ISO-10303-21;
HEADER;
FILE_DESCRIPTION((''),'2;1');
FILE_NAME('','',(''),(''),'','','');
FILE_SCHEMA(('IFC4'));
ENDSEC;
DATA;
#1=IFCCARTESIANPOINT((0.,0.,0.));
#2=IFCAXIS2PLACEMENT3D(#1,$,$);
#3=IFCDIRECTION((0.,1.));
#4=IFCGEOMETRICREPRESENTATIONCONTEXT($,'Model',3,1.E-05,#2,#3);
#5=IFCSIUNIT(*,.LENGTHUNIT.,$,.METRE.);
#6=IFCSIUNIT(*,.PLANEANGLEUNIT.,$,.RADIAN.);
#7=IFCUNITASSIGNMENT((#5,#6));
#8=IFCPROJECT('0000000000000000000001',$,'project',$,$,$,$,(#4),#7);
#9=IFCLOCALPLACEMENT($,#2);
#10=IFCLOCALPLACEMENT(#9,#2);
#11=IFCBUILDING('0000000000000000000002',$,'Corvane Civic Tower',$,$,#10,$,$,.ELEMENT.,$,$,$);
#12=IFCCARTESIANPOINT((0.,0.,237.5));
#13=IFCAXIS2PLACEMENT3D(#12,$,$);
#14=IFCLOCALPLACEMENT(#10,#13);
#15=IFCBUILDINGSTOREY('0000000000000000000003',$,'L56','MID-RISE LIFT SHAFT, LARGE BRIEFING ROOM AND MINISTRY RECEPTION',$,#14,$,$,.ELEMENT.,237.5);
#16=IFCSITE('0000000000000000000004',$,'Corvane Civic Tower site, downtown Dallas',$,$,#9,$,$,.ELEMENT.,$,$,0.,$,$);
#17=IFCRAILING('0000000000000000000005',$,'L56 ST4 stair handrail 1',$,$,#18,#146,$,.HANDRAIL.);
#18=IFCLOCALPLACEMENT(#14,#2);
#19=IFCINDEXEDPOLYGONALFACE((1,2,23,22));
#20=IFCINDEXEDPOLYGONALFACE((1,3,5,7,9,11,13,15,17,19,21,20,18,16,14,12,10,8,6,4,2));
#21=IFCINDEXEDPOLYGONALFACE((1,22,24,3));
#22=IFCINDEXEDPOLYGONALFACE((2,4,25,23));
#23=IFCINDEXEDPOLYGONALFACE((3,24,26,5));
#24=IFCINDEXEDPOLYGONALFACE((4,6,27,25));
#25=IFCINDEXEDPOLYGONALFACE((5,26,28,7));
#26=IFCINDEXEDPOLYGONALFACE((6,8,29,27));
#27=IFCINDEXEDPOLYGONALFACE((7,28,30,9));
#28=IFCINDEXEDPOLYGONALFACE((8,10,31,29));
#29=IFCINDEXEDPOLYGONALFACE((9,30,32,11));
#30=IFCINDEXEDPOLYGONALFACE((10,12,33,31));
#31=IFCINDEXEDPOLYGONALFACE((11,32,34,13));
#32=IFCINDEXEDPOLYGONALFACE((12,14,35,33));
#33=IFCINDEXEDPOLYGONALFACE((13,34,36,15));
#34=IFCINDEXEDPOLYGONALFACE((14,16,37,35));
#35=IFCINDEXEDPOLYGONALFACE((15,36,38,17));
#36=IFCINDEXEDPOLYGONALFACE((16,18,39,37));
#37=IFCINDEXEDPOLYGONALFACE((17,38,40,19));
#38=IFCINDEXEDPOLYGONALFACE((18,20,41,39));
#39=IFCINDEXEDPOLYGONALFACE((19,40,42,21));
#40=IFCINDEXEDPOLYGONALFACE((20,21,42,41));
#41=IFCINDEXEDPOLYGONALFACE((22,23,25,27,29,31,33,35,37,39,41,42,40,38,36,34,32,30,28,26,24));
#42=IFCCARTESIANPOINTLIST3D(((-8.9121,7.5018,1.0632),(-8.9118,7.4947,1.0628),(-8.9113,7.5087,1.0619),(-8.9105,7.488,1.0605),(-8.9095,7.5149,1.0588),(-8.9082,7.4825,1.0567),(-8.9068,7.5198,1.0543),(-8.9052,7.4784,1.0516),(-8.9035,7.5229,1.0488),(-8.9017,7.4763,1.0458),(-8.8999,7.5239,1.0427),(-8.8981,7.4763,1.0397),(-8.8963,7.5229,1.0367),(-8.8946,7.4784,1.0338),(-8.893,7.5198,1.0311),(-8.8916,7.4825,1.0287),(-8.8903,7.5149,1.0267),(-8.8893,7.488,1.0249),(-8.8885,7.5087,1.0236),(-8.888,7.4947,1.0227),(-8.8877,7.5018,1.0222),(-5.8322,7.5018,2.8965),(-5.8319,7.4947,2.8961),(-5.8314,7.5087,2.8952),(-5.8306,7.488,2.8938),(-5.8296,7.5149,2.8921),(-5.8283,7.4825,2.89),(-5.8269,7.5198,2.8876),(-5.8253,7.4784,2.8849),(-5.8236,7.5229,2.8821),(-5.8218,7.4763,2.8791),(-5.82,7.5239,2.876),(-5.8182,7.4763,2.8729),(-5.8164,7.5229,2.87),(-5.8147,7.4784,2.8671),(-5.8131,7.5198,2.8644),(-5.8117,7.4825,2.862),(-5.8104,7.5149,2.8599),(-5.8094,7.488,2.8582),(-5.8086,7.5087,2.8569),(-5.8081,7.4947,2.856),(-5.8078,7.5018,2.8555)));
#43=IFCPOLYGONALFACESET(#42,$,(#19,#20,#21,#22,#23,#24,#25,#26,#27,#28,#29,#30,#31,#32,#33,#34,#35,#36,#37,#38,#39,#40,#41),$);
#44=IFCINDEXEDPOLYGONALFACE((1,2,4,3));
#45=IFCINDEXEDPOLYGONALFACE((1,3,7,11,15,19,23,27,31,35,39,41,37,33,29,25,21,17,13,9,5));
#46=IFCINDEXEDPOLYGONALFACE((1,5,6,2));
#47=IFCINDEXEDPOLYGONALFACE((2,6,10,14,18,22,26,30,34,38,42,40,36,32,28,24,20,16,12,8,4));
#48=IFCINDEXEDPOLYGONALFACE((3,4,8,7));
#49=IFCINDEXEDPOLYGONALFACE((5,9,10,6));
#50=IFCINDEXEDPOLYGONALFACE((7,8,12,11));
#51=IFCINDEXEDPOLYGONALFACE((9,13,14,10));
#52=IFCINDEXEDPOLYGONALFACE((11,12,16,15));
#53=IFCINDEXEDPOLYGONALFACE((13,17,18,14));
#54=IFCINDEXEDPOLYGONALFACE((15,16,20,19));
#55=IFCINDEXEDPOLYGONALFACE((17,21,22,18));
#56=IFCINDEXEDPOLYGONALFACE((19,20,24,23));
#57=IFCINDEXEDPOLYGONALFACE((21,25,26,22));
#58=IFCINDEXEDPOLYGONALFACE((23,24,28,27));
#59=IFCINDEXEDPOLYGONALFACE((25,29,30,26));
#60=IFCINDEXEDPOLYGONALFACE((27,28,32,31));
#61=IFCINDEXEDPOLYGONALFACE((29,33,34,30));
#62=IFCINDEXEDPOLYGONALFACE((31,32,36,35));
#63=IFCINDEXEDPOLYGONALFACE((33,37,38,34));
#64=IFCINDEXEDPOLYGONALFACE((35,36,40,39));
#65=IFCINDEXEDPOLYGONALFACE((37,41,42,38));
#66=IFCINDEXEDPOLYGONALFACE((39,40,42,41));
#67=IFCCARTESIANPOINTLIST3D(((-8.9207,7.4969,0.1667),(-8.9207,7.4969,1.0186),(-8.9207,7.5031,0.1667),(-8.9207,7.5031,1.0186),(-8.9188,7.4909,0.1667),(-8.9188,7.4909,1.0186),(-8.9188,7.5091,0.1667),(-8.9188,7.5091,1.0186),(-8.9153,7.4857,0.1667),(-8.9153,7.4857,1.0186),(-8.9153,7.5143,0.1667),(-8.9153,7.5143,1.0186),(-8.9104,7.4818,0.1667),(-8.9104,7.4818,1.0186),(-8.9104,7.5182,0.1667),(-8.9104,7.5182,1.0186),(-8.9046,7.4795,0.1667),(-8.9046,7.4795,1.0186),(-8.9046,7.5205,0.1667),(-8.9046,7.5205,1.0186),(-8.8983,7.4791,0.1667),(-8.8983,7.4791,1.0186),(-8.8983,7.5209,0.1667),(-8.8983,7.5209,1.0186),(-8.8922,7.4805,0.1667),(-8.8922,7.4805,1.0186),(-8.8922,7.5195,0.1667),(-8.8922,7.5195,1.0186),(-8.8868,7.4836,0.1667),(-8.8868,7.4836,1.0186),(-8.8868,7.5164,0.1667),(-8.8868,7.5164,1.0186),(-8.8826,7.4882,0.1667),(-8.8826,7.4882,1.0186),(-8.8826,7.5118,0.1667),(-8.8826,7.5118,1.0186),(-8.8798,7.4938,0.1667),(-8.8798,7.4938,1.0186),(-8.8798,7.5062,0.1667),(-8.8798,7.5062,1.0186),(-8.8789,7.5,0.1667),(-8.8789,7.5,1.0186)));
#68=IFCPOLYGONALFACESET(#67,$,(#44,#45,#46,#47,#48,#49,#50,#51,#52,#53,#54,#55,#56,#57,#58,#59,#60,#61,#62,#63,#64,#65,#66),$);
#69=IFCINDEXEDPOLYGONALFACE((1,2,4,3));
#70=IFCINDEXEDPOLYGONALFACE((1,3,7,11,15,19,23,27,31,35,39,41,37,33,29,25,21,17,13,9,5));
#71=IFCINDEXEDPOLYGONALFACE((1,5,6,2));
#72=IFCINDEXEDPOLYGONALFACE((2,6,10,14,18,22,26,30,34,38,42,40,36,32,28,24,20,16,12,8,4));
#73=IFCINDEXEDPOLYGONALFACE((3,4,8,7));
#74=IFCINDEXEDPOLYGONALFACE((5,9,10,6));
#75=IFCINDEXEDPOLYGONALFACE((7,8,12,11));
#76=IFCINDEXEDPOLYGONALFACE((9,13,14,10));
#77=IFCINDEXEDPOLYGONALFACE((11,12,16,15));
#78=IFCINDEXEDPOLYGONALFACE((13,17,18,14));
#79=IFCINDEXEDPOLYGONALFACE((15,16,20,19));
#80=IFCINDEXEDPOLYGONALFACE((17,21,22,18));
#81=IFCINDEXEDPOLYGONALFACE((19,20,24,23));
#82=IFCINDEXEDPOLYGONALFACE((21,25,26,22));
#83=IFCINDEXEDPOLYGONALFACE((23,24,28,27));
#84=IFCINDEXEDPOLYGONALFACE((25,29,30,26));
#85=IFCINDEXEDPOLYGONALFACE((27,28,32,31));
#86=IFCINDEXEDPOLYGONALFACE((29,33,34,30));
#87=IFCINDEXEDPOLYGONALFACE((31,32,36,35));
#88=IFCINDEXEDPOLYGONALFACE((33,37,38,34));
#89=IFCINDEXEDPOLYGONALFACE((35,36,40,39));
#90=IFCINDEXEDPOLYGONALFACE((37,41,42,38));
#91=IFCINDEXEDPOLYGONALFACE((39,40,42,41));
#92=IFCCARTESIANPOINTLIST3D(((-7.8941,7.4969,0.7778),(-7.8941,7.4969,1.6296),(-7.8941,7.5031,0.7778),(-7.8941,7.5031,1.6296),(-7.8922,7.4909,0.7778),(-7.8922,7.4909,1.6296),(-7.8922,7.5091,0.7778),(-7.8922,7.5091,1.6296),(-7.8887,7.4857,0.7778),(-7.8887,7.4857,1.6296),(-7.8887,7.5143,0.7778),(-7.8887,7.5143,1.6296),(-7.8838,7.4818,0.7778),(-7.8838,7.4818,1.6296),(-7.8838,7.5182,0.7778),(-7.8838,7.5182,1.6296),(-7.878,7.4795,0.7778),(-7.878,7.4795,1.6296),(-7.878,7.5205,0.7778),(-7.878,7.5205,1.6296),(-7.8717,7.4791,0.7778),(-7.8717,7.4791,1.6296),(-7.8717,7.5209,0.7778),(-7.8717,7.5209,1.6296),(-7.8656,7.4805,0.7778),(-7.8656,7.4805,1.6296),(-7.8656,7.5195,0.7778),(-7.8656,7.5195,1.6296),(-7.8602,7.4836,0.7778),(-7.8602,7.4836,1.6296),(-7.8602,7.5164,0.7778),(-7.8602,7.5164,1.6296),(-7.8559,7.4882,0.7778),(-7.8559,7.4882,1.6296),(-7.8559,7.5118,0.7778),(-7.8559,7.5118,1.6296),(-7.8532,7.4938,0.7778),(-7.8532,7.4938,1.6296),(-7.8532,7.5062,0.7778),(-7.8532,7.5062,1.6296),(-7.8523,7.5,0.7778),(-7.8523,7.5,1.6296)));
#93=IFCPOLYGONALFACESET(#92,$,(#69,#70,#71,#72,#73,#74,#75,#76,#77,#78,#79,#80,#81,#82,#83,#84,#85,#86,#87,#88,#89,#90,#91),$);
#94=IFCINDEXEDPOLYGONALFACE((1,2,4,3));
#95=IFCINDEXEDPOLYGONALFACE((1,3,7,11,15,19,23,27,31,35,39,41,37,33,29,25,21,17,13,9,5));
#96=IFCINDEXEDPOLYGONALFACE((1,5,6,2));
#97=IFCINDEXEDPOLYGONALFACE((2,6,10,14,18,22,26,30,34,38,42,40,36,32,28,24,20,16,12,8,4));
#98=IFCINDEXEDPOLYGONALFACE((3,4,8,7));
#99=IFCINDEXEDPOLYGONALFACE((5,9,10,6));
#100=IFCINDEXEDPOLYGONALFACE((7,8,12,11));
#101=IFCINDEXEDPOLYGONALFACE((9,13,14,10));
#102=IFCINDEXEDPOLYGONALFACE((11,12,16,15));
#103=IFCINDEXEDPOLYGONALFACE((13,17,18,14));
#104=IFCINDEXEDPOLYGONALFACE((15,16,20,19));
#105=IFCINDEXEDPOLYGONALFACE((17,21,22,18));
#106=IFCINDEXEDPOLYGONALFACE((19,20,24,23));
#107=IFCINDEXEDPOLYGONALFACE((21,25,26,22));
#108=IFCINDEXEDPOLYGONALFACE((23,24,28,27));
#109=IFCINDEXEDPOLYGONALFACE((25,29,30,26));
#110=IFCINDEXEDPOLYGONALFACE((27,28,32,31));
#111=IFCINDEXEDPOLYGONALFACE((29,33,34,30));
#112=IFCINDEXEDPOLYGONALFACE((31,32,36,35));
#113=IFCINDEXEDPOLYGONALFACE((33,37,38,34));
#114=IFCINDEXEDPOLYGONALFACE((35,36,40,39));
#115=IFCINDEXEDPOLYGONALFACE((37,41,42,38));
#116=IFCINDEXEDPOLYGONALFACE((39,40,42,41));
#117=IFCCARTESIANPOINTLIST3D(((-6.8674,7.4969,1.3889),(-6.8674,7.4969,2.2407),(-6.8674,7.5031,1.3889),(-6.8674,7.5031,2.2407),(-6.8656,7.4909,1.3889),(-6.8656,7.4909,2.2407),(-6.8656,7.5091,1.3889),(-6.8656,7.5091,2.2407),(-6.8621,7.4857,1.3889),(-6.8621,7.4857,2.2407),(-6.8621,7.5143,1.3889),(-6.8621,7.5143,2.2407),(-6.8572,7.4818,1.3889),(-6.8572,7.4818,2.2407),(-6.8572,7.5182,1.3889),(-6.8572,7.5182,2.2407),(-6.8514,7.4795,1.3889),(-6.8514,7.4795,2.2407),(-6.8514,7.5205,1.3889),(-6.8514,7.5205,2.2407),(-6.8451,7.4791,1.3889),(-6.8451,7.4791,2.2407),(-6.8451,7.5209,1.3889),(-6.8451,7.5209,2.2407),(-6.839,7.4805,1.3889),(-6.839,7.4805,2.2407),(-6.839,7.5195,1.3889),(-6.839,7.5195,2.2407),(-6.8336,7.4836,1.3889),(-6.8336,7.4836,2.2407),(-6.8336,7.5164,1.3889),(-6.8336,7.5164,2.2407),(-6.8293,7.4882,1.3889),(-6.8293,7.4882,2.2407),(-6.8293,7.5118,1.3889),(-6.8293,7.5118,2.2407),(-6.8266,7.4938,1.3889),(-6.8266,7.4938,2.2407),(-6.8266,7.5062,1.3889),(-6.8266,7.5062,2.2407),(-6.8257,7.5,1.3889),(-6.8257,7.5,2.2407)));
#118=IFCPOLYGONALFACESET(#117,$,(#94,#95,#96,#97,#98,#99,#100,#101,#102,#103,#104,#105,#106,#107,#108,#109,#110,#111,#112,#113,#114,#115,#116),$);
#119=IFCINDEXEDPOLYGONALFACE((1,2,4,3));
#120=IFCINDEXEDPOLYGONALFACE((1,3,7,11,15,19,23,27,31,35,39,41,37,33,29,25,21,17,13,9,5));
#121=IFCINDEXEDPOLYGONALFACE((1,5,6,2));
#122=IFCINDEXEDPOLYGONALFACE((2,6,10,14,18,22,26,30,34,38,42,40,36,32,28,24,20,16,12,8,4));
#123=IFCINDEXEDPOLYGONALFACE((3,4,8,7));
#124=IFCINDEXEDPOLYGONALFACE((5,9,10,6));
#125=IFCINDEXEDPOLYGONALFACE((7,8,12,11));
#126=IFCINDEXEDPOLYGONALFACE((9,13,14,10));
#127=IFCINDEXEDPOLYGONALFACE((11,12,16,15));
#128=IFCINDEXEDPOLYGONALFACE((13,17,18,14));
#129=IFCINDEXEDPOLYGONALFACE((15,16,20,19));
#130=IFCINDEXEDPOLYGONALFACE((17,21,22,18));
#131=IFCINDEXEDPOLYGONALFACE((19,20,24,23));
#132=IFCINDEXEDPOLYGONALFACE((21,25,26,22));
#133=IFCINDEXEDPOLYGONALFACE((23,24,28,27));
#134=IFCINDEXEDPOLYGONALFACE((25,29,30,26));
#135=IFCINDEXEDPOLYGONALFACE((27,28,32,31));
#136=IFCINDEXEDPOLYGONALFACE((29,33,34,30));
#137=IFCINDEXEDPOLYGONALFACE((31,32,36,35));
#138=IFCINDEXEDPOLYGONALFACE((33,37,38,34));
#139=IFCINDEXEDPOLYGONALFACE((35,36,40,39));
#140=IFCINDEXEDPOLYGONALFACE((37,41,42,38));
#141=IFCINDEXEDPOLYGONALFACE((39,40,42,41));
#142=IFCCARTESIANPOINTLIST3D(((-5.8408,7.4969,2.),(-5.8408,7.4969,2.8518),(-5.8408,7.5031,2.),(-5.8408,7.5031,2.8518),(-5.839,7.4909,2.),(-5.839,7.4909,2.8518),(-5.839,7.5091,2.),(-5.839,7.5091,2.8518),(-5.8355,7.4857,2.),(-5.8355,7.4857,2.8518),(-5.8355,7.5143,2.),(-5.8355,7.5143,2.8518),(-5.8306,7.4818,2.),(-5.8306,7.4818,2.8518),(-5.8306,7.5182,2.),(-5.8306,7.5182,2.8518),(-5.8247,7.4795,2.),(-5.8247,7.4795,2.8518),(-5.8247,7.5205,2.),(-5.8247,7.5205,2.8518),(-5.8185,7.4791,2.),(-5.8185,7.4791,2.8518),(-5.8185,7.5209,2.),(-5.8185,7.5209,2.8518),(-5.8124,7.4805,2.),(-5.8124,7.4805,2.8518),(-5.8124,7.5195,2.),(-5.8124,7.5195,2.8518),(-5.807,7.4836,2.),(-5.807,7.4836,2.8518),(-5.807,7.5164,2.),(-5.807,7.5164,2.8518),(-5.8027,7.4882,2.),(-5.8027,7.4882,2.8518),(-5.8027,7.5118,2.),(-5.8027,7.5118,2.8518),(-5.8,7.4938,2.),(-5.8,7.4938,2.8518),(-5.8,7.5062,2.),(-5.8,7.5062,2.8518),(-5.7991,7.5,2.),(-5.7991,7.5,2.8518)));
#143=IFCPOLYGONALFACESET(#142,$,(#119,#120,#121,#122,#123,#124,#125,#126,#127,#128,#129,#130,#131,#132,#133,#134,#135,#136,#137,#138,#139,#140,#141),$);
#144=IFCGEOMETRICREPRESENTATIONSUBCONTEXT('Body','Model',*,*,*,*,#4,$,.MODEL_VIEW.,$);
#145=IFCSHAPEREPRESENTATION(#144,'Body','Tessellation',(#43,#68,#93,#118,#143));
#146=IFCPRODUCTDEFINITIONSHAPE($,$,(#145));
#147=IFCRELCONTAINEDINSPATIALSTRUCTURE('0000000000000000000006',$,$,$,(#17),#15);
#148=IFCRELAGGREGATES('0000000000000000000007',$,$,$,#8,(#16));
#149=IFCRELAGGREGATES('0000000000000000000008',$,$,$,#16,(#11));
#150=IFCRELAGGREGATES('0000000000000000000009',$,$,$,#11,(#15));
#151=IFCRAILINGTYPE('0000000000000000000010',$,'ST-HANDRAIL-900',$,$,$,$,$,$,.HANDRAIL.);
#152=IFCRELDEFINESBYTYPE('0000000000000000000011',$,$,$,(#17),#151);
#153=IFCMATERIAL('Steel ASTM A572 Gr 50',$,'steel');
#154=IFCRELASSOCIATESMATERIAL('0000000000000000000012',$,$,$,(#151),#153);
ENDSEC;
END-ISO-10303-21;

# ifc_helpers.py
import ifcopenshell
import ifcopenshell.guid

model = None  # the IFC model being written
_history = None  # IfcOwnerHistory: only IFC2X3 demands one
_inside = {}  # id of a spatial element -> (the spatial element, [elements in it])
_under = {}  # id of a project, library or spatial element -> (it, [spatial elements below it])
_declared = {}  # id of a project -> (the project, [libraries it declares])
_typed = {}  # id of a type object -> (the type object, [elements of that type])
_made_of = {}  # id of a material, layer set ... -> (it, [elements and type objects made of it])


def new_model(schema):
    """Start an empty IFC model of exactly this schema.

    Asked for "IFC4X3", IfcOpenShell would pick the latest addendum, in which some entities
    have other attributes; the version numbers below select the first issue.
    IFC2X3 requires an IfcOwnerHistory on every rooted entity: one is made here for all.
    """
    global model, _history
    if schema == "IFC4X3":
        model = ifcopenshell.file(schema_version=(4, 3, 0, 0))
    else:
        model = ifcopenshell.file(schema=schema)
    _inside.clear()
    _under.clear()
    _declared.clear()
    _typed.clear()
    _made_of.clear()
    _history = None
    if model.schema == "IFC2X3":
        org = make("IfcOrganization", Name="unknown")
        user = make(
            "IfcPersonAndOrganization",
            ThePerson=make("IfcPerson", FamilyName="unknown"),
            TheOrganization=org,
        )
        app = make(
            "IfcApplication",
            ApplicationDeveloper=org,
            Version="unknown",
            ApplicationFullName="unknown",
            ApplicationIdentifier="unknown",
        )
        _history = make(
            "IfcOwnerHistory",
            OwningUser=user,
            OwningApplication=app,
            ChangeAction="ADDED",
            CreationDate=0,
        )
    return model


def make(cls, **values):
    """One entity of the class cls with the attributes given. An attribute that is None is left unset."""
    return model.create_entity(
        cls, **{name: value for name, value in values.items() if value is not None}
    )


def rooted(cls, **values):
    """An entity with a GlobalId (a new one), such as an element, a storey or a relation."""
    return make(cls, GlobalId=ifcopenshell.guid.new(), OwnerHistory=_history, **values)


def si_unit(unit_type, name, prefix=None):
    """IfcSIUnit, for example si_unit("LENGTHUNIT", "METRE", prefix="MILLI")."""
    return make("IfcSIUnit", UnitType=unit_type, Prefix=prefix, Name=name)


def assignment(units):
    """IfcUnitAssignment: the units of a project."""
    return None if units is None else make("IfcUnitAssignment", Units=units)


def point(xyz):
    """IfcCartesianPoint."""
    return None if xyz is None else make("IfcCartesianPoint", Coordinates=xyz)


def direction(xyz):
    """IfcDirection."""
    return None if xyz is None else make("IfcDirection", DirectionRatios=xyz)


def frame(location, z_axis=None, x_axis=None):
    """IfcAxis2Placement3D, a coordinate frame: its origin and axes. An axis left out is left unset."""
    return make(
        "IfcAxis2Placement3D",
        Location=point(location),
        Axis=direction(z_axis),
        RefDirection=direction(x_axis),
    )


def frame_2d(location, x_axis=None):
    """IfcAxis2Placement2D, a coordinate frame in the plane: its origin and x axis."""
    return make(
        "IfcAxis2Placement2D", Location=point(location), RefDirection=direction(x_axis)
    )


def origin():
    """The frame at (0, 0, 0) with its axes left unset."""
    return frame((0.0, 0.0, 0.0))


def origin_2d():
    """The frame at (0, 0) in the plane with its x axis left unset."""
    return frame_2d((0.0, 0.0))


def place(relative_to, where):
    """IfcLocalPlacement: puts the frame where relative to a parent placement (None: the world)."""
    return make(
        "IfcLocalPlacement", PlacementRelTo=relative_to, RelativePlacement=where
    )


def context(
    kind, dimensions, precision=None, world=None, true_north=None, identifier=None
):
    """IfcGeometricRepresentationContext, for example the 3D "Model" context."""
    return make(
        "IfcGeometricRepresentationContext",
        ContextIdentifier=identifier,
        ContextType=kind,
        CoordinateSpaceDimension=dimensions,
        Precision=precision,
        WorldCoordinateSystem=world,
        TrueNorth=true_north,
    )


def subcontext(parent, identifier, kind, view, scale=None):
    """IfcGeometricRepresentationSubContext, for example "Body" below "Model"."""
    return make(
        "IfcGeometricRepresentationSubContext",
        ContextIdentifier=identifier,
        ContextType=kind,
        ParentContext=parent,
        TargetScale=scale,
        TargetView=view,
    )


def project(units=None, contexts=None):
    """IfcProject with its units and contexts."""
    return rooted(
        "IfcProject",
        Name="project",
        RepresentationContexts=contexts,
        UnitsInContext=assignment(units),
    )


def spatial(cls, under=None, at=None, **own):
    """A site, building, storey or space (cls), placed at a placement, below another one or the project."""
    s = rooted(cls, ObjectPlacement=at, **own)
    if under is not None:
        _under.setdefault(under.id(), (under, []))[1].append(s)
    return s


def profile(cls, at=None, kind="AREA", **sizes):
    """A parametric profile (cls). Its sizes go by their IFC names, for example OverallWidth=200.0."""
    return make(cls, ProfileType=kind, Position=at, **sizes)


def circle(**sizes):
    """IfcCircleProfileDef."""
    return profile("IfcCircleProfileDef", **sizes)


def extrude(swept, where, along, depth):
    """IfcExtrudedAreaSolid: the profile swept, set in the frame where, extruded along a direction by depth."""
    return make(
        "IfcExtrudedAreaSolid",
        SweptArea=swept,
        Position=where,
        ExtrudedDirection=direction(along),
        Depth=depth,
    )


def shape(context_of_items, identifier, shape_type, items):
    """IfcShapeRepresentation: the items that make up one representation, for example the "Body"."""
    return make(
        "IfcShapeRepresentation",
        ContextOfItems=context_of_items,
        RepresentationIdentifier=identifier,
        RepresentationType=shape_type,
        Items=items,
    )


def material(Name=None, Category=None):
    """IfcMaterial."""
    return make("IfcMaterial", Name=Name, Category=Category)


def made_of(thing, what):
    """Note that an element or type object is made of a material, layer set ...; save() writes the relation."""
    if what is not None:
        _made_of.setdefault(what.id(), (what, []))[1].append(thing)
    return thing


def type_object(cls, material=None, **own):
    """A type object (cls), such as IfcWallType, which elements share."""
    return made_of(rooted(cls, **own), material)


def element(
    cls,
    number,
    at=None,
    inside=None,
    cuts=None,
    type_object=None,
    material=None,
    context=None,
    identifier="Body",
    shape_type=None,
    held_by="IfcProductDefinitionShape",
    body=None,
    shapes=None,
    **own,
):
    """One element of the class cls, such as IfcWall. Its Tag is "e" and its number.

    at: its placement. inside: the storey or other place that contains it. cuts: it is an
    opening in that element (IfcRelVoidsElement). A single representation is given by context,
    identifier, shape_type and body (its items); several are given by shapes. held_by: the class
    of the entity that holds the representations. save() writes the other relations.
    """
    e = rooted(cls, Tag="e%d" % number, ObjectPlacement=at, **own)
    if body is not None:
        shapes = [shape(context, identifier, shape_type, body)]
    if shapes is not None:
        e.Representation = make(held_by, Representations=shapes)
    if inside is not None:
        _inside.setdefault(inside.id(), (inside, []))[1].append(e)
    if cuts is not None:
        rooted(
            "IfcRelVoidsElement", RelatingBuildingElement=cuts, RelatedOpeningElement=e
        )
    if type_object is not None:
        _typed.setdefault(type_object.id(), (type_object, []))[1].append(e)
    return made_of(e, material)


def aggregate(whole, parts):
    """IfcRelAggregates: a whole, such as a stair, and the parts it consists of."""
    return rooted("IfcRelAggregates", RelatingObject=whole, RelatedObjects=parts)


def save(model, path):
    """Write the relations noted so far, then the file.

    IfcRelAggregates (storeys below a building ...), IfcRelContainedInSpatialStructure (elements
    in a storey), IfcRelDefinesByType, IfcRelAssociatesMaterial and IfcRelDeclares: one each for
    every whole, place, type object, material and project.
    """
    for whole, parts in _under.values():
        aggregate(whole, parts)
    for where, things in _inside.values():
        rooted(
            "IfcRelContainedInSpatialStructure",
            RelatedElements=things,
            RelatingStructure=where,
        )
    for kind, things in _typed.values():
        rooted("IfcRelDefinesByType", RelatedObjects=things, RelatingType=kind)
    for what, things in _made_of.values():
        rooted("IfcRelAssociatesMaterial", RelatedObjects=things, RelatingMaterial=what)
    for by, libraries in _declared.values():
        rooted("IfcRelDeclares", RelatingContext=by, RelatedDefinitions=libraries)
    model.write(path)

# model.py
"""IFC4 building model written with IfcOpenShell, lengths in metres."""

from ifc_helpers import new_model, si_unit, direction, frame, origin, origin_2d, place, context, subcontext, project, spatial, circle, extrude, material, type_object, element, save


model = new_model("IFC4")

# Units and contexts
model_context = context("Model", 3, precision=1e-05, world=origin(), true_north=direction((0.0, 1.0)))
body_context = subcontext(model_context, "Body", "Model", "MODEL_VIEW")
ifc_project = project(units=[si_unit("LENGTHUNIT", "METRE"), si_unit("PLANEANGLEUNIT", "RADIAN")], contexts=[model_context])

# Site, building, storey
site_placement = place(None, origin())
site = spatial("IfcSite", under=ifc_project, at=site_placement, Name="Corvane Civic Tower site, downtown Dallas", CompositionType="ELEMENT", RefElevation=0.0)
building_placement = place(site_placement, origin())
building = spatial("IfcBuilding", under=site, at=building_placement, Name="Corvane Civic Tower", CompositionType="ELEMENT")
storey_placement = place(building_placement, frame((0.0, 0.0, 237.5)))
storey = spatial("IfcBuildingStorey", under=building, at=storey_placement, Name="L56", Description="MID-RISE LIFT SHAFT, LARGE BRIEFING ROOM AND MINISTRY RECEPTION", CompositionType="ELEMENT", Elevation=237.5)

# Railing
ifc_material_1 = material(Name="Steel ASTM A572 Gr 50", Category="steel")
railing_type_1 = type_object("IfcRailingType", Name="ST-HANDRAIL-900", PredefinedType="HANDRAIL", material=ifc_material_1)
railing_1_placement = place(storey_placement, frame((-8.8999, 7.5, 0.1667)))
element("IfcRailing", 1, at=railing_1_placement, inside=storey, type_object=railing_type_1, Name="L56 ST4 stair handrail 1", PredefinedType="HANDRAIL", context=body_context, shape_type="SweptSolid", body=[
    extrude(circle(Radius=0.0239, at=origin_2d()), frame((0.0, 0.0, 0.876), z_axis=(0.859291, 0.0, 0.511487), x_axis=(0.0, 1.0, 0.0)), (0.0, 0.0, 1.0), 3.5842),
    extrude(circle(Radius=0.021, at=origin_2d()), origin(), (0.0, 0.0, 1.0), 0.8518),
    extrude(circle(Radius=0.021, at=origin_2d()), frame((1.0266, 0.0, 0.6111)), (0.0, 0.0, 1.0), 0.8518),
    extrude(circle(Radius=0.021, at=origin_2d()), frame((2.0532, 0.0, 1.2222)), (0.0, 0.0, 1.0), 0.8518),
    extrude(circle(Radius=0.021, at=origin_2d()), frame((3.0798, 0.0, 1.8333)), (0.0, 0.0, 1.0), 0.8518),
])

save(model, "model.ifc")
